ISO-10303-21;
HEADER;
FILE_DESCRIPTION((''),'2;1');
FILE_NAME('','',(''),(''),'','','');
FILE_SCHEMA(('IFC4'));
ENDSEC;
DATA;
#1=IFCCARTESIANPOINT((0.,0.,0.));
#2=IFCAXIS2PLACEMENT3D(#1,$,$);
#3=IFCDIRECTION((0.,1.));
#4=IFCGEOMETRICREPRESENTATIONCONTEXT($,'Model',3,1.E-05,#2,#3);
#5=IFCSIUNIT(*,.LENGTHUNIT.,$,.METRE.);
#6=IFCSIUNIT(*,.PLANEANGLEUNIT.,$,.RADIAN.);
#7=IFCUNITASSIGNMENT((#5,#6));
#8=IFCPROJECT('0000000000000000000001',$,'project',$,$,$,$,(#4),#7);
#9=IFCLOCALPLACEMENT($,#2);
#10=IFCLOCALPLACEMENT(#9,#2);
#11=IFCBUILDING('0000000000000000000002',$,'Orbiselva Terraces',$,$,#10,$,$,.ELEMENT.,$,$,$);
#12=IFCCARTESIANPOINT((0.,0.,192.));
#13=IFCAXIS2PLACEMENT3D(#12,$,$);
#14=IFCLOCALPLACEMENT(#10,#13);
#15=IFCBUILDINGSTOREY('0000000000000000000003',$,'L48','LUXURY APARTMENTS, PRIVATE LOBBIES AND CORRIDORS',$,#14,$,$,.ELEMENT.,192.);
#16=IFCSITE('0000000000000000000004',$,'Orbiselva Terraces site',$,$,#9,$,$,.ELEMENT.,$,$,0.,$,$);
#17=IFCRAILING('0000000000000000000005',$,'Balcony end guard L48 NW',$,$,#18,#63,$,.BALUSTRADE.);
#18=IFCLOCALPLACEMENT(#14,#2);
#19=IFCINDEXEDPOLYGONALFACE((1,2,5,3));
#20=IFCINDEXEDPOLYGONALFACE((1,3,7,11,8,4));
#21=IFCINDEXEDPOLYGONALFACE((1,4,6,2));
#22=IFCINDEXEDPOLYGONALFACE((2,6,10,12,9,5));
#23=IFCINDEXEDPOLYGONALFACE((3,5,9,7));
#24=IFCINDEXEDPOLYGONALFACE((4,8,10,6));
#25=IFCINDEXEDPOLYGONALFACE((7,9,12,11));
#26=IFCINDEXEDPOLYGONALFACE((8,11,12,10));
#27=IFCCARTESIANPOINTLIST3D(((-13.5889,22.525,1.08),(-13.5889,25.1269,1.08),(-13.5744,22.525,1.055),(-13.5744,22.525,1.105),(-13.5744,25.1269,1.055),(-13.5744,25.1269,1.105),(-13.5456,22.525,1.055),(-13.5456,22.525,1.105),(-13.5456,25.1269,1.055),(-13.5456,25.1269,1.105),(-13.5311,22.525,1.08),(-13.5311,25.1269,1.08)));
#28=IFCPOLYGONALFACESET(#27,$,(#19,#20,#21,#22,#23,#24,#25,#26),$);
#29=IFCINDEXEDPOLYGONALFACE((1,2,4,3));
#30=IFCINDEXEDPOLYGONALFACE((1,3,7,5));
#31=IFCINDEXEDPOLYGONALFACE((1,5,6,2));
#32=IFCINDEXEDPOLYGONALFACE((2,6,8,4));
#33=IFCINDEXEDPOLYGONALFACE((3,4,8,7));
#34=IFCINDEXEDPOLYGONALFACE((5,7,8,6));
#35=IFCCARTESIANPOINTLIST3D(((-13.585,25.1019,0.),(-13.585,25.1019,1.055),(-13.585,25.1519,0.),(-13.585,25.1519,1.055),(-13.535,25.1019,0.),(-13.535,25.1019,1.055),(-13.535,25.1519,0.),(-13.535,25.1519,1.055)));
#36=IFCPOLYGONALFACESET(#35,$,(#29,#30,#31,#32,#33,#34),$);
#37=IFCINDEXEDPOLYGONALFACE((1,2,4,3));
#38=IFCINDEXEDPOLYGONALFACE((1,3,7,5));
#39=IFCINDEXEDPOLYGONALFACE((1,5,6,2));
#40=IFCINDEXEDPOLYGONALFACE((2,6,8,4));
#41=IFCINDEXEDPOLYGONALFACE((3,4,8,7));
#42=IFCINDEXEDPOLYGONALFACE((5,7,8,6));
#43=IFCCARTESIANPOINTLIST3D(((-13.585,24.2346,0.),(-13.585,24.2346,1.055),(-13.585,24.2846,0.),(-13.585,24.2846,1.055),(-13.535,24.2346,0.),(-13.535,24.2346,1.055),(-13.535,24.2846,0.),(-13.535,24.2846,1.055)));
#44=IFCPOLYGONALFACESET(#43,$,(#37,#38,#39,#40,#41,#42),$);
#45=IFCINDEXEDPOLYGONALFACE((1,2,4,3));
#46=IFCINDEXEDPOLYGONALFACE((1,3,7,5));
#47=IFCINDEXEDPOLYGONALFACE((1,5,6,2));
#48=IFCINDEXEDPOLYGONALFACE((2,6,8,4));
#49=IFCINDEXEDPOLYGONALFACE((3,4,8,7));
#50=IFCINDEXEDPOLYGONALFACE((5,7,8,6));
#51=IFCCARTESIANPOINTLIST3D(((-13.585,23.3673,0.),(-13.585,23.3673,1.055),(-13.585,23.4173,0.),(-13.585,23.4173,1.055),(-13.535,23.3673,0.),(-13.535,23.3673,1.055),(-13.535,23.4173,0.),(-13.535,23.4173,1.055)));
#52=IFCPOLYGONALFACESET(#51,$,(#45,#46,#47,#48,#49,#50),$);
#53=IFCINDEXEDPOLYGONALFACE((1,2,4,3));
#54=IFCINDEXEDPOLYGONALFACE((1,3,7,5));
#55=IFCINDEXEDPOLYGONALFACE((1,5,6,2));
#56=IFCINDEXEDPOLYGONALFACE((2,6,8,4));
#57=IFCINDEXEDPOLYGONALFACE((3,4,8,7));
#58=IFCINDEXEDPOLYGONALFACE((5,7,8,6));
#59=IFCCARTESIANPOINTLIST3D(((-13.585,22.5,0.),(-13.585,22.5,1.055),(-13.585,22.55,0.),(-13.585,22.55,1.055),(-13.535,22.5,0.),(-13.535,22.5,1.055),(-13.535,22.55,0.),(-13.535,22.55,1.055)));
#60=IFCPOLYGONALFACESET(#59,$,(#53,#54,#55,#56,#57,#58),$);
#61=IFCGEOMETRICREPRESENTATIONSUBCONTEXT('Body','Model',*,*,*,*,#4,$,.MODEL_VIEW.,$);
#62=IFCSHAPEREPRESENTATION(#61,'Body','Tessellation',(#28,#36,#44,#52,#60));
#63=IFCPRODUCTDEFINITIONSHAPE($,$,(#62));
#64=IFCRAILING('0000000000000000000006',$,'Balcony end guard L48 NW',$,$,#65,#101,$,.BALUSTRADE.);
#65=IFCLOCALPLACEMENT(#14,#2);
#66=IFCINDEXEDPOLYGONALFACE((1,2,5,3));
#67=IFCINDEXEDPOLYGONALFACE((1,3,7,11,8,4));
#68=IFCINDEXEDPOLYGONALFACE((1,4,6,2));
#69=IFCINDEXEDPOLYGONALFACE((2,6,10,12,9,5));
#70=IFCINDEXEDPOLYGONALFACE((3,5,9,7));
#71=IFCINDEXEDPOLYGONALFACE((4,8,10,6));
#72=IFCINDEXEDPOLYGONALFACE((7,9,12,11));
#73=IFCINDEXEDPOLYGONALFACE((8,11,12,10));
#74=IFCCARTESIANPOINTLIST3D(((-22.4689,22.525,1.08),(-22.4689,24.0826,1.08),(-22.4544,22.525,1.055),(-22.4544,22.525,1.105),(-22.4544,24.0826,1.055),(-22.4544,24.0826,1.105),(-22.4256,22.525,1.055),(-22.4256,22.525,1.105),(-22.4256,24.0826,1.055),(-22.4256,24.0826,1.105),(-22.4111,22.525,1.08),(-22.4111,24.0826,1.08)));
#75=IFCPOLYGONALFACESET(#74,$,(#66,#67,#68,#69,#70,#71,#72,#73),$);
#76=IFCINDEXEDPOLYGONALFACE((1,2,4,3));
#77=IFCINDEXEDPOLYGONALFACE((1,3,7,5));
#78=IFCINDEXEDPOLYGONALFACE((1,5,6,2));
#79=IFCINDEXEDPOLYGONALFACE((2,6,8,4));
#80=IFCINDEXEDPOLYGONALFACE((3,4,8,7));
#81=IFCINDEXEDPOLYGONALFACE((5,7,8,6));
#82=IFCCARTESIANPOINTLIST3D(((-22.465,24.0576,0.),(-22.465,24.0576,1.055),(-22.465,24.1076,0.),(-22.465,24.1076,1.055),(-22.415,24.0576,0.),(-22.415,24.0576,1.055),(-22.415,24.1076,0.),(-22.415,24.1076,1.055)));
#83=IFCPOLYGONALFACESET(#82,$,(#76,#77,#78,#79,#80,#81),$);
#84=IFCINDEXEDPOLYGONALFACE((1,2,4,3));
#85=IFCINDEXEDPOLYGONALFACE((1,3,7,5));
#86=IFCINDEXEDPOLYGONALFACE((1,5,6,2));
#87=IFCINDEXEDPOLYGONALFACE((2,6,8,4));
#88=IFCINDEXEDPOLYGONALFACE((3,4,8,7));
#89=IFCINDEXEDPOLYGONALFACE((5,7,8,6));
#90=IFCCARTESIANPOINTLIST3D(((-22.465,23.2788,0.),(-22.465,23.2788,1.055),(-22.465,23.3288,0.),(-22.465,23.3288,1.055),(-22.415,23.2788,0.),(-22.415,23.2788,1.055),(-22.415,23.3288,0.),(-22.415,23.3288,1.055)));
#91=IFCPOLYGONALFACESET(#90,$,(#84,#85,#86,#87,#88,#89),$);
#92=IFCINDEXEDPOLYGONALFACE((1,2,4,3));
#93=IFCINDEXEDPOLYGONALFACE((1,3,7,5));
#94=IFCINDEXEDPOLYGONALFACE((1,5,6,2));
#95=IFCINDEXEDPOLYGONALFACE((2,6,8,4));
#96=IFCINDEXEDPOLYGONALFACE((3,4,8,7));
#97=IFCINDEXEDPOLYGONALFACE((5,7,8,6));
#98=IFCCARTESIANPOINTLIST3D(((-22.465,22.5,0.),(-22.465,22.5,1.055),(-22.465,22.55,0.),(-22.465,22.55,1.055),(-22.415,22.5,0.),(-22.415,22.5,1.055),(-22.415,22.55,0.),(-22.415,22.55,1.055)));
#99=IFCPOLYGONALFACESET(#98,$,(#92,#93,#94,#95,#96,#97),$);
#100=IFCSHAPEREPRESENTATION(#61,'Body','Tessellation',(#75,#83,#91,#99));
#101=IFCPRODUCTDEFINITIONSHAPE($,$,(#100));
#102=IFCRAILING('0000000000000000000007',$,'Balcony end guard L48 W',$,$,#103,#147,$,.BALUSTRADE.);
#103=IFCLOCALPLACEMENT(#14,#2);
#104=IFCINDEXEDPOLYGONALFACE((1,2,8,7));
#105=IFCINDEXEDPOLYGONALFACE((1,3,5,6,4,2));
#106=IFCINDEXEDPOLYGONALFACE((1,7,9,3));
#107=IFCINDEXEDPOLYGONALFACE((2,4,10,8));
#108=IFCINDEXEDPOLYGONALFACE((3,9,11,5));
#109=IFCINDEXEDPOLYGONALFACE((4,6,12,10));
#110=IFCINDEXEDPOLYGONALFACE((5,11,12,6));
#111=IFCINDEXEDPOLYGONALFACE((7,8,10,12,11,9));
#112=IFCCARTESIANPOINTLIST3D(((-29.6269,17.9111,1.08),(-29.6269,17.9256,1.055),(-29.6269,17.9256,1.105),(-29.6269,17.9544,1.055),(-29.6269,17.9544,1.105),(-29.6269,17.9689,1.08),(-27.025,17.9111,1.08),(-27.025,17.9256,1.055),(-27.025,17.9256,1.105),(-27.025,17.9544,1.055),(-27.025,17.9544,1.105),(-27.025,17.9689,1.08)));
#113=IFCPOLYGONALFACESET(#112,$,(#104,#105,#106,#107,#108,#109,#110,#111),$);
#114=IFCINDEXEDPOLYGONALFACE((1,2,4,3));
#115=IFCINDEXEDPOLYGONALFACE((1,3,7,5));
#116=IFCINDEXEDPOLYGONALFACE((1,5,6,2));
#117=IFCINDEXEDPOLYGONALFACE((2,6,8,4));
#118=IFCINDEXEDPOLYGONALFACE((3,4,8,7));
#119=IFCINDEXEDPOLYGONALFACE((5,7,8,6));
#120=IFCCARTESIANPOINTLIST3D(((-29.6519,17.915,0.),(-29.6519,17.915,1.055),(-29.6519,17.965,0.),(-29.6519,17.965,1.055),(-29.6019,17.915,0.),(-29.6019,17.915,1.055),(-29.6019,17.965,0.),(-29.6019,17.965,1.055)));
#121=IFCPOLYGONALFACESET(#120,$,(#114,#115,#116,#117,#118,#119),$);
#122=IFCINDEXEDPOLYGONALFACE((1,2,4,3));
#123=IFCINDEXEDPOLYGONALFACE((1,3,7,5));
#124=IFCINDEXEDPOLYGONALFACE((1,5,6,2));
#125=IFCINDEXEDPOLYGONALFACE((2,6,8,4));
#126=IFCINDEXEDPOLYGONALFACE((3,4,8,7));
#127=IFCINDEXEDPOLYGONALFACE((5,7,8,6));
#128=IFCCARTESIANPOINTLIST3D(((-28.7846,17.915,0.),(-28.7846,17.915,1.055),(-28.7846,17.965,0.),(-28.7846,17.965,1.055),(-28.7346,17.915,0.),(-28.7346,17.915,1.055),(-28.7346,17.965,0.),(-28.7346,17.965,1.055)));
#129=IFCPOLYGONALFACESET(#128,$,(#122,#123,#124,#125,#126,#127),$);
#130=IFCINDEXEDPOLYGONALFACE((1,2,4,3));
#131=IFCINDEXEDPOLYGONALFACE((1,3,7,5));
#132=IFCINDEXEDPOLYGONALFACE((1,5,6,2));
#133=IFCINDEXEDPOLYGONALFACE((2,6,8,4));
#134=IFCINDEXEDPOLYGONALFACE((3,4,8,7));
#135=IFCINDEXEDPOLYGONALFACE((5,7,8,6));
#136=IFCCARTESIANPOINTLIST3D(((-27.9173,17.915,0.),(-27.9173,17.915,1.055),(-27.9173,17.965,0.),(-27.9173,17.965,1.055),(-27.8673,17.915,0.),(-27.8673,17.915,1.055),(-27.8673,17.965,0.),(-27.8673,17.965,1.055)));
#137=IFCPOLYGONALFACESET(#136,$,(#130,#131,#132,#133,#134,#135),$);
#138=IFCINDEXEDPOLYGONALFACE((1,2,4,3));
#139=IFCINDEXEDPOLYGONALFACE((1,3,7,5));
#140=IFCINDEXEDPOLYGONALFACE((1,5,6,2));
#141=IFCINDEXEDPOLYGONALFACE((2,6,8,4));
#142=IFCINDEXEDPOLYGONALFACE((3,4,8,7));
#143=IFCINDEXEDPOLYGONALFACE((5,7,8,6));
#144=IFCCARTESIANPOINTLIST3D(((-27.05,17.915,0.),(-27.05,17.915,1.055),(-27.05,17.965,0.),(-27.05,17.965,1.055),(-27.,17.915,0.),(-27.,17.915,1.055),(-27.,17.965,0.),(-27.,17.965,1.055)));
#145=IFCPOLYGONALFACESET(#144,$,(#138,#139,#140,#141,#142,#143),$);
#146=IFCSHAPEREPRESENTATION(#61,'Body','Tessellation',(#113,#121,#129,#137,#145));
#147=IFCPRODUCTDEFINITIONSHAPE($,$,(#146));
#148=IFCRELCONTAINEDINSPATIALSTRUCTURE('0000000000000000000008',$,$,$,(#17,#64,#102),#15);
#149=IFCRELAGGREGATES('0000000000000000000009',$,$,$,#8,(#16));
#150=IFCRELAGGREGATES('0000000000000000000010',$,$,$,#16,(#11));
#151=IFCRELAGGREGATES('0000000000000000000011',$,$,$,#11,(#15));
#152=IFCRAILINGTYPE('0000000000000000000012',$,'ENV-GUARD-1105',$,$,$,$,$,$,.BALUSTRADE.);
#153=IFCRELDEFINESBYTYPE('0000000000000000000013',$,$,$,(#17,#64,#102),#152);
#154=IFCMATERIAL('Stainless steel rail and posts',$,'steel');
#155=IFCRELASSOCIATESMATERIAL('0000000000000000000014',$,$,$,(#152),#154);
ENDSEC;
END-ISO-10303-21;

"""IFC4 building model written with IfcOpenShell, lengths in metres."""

from ifc_helpers import new_model, si_unit, direction, frame, origin, origin_2d, place, context, subcontext, project, spatial, polyline, rectangle, outline, extrude, material, type_object, element, save


model = new_model("IFC4")

# Units and contexts
model_context = context("Model", 3, precision=1e-05, world=origin(), true_north=direction((0.0, 1.0)))
body_context = subcontext(model_context, "Body", "Model", "MODEL_VIEW")
ifc_project = project(units=[si_unit("LENGTHUNIT", "METRE"), si_unit("PLANEANGLEUNIT", "RADIAN")], contexts=[model_context])

# Site, building, storey
site_placement = place(None, origin())
site = spatial("IfcSite", under=ifc_project, at=site_placement, Name="Orbiselva Terraces site", CompositionType="ELEMENT", RefElevation=0.0)
building_placement = place(site_placement, origin())
building = spatial("IfcBuilding", under=site, at=building_placement, Name="Orbiselva Terraces", CompositionType="ELEMENT")
storey_placement = place(building_placement, frame((0.0, 0.0, 192.0)))
storey = spatial("IfcBuildingStorey", under=building, at=storey_placement, Name="L48", Description="LUXURY APARTMENTS, PRIVATE LOBBIES AND CORRIDORS", CompositionType="ELEMENT", Elevation=192.0)

# Railings
ifc_material_1 = material(Name="Stainless steel rail and posts", Category="steel")
railing_type_1 = type_object("IfcRailingType", Name="ENV-GUARD-1105", PredefinedType="BALUSTRADE", material=ifc_material_1)
railing_1_placement = place(storey_placement, frame((-13.56, 25.1269, 0.0)))
element("IfcRailing", 1, at=railing_1_placement, inside=storey, type_object=railing_type_1, Name="Balcony end guard L48 NW", PredefinedType="BALUSTRADE", context=body_context, shape_type="SweptSolid", body=[
    extrude(outline(polyline([(0.0289, 0.0), (0.0144, 0.025), (-0.0144, 0.025), (-0.0289, 0.0), (-0.0144, -0.025), (0.0144, -0.025), (0.0289, 0.0)])), frame((0.0, 0.0, 1.08), z_axis=(0.0, -1.0, 0.0), x_axis=(1.0, 0.0, 0.0)), (0.0, 0.0, 1.0), 2.6019),
    extrude(rectangle(XDim=0.05, YDim=0.05, at=origin_2d()), origin(), (0.0, 0.0, 1.0), 1.055),
    extrude(rectangle(XDim=0.05, YDim=0.05, at=origin_2d()), frame((0.0, -0.8673, 0.0)), (0.0, 0.0, 1.0), 1.055),
    extrude(rectangle(XDim=0.05, YDim=0.05, at=origin_2d()), frame((0.0, -1.7346, 0.0)), (0.0, 0.0, 1.0), 1.055),
    extrude(rectangle(XDim=0.05, YDim=0.05, at=origin_2d()), frame((0.0, -2.6019, 0.0)), (0.0, 0.0, 1.0), 1.055),
])
railing_2_placement = place(storey_placement, frame((-22.44, 24.0826, 0.0)))
element("IfcRailing", 2, at=railing_2_placement, inside=storey, type_object=railing_type_1, Name="Balcony end guard L48 NW", PredefinedType="BALUSTRADE", context=body_context, shape_type="SweptSolid", body=[
    extrude(outline(polyline([(0.0289, 0.0), (0.0144, 0.025), (-0.0144, 0.025), (-0.0289, 0.0), (-0.0144, -0.025), (0.0144, -0.025), (0.0289, 0.0)])), frame((0.0, 0.0, 1.08), z_axis=(0.0, -1.0, 0.0), x_axis=(1.0, 0.0, 0.0)), (0.0, 0.0, 1.0), 1.5576),
    extrude(rectangle(XDim=0.05, YDim=0.05, at=origin_2d()), origin(), (0.0, 0.0, 1.0), 1.055),
    extrude(rectangle(XDim=0.05, YDim=0.05, at=origin_2d()), frame((0.0, -0.7788, 0.0)), (0.0, 0.0, 1.0), 1.055),
    extrude(rectangle(XDim=0.05, YDim=0.05, at=origin_2d()), frame((0.0, -1.5576, 0.0)), (0.0, 0.0, 1.0), 1.055),
])
railing_3_placement = place(storey_placement, frame((-29.6269, 17.94, 0.0)))
element("IfcRailing", 3, at=railing_3_placement, inside=storey, type_object=railing_type_1, Name="Balcony end guard L48 W", PredefinedType="BALUSTRADE", context=body_context, shape_type="SweptSolid", body=[
    extrude(outline(polyline([(0.0289, 0.0), (0.0144, 0.025), (-0.0144, 0.025), (-0.0289, 0.0), (-0.0144, -0.025), (0.0144, -0.025), (0.0289, 0.0)])), frame((0.0, 0.0, 1.08), z_axis=(1.0, 0.0, 0.0), x_axis=(0.0, 1.0, 0.0)), (0.0, 0.0, 1.0), 2.6019),
    extrude(rectangle(XDim=0.05, YDim=0.05, at=origin_2d()), origin(), (0.0, 0.0, 1.0), 1.055),
    extrude(rectangle(XDim=0.05, YDim=0.05, at=origin_2d()), frame((0.8673, 0.0, 0.0)), (0.0, 0.0, 1.0), 1.055),
    extrude(rectangle(XDim=0.05, YDim=0.05, at=origin_2d()), frame((1.7346, 0.0, 0.0)), (0.0, 0.0, 1.0), 1.055),
    extrude(rectangle(XDim=0.05, YDim=0.05, at=origin_2d()), frame((2.6019, 0.0, 0.0)), (0.0, 0.0, 1.0), 1.055),
])

save(model, "model.ifc")
